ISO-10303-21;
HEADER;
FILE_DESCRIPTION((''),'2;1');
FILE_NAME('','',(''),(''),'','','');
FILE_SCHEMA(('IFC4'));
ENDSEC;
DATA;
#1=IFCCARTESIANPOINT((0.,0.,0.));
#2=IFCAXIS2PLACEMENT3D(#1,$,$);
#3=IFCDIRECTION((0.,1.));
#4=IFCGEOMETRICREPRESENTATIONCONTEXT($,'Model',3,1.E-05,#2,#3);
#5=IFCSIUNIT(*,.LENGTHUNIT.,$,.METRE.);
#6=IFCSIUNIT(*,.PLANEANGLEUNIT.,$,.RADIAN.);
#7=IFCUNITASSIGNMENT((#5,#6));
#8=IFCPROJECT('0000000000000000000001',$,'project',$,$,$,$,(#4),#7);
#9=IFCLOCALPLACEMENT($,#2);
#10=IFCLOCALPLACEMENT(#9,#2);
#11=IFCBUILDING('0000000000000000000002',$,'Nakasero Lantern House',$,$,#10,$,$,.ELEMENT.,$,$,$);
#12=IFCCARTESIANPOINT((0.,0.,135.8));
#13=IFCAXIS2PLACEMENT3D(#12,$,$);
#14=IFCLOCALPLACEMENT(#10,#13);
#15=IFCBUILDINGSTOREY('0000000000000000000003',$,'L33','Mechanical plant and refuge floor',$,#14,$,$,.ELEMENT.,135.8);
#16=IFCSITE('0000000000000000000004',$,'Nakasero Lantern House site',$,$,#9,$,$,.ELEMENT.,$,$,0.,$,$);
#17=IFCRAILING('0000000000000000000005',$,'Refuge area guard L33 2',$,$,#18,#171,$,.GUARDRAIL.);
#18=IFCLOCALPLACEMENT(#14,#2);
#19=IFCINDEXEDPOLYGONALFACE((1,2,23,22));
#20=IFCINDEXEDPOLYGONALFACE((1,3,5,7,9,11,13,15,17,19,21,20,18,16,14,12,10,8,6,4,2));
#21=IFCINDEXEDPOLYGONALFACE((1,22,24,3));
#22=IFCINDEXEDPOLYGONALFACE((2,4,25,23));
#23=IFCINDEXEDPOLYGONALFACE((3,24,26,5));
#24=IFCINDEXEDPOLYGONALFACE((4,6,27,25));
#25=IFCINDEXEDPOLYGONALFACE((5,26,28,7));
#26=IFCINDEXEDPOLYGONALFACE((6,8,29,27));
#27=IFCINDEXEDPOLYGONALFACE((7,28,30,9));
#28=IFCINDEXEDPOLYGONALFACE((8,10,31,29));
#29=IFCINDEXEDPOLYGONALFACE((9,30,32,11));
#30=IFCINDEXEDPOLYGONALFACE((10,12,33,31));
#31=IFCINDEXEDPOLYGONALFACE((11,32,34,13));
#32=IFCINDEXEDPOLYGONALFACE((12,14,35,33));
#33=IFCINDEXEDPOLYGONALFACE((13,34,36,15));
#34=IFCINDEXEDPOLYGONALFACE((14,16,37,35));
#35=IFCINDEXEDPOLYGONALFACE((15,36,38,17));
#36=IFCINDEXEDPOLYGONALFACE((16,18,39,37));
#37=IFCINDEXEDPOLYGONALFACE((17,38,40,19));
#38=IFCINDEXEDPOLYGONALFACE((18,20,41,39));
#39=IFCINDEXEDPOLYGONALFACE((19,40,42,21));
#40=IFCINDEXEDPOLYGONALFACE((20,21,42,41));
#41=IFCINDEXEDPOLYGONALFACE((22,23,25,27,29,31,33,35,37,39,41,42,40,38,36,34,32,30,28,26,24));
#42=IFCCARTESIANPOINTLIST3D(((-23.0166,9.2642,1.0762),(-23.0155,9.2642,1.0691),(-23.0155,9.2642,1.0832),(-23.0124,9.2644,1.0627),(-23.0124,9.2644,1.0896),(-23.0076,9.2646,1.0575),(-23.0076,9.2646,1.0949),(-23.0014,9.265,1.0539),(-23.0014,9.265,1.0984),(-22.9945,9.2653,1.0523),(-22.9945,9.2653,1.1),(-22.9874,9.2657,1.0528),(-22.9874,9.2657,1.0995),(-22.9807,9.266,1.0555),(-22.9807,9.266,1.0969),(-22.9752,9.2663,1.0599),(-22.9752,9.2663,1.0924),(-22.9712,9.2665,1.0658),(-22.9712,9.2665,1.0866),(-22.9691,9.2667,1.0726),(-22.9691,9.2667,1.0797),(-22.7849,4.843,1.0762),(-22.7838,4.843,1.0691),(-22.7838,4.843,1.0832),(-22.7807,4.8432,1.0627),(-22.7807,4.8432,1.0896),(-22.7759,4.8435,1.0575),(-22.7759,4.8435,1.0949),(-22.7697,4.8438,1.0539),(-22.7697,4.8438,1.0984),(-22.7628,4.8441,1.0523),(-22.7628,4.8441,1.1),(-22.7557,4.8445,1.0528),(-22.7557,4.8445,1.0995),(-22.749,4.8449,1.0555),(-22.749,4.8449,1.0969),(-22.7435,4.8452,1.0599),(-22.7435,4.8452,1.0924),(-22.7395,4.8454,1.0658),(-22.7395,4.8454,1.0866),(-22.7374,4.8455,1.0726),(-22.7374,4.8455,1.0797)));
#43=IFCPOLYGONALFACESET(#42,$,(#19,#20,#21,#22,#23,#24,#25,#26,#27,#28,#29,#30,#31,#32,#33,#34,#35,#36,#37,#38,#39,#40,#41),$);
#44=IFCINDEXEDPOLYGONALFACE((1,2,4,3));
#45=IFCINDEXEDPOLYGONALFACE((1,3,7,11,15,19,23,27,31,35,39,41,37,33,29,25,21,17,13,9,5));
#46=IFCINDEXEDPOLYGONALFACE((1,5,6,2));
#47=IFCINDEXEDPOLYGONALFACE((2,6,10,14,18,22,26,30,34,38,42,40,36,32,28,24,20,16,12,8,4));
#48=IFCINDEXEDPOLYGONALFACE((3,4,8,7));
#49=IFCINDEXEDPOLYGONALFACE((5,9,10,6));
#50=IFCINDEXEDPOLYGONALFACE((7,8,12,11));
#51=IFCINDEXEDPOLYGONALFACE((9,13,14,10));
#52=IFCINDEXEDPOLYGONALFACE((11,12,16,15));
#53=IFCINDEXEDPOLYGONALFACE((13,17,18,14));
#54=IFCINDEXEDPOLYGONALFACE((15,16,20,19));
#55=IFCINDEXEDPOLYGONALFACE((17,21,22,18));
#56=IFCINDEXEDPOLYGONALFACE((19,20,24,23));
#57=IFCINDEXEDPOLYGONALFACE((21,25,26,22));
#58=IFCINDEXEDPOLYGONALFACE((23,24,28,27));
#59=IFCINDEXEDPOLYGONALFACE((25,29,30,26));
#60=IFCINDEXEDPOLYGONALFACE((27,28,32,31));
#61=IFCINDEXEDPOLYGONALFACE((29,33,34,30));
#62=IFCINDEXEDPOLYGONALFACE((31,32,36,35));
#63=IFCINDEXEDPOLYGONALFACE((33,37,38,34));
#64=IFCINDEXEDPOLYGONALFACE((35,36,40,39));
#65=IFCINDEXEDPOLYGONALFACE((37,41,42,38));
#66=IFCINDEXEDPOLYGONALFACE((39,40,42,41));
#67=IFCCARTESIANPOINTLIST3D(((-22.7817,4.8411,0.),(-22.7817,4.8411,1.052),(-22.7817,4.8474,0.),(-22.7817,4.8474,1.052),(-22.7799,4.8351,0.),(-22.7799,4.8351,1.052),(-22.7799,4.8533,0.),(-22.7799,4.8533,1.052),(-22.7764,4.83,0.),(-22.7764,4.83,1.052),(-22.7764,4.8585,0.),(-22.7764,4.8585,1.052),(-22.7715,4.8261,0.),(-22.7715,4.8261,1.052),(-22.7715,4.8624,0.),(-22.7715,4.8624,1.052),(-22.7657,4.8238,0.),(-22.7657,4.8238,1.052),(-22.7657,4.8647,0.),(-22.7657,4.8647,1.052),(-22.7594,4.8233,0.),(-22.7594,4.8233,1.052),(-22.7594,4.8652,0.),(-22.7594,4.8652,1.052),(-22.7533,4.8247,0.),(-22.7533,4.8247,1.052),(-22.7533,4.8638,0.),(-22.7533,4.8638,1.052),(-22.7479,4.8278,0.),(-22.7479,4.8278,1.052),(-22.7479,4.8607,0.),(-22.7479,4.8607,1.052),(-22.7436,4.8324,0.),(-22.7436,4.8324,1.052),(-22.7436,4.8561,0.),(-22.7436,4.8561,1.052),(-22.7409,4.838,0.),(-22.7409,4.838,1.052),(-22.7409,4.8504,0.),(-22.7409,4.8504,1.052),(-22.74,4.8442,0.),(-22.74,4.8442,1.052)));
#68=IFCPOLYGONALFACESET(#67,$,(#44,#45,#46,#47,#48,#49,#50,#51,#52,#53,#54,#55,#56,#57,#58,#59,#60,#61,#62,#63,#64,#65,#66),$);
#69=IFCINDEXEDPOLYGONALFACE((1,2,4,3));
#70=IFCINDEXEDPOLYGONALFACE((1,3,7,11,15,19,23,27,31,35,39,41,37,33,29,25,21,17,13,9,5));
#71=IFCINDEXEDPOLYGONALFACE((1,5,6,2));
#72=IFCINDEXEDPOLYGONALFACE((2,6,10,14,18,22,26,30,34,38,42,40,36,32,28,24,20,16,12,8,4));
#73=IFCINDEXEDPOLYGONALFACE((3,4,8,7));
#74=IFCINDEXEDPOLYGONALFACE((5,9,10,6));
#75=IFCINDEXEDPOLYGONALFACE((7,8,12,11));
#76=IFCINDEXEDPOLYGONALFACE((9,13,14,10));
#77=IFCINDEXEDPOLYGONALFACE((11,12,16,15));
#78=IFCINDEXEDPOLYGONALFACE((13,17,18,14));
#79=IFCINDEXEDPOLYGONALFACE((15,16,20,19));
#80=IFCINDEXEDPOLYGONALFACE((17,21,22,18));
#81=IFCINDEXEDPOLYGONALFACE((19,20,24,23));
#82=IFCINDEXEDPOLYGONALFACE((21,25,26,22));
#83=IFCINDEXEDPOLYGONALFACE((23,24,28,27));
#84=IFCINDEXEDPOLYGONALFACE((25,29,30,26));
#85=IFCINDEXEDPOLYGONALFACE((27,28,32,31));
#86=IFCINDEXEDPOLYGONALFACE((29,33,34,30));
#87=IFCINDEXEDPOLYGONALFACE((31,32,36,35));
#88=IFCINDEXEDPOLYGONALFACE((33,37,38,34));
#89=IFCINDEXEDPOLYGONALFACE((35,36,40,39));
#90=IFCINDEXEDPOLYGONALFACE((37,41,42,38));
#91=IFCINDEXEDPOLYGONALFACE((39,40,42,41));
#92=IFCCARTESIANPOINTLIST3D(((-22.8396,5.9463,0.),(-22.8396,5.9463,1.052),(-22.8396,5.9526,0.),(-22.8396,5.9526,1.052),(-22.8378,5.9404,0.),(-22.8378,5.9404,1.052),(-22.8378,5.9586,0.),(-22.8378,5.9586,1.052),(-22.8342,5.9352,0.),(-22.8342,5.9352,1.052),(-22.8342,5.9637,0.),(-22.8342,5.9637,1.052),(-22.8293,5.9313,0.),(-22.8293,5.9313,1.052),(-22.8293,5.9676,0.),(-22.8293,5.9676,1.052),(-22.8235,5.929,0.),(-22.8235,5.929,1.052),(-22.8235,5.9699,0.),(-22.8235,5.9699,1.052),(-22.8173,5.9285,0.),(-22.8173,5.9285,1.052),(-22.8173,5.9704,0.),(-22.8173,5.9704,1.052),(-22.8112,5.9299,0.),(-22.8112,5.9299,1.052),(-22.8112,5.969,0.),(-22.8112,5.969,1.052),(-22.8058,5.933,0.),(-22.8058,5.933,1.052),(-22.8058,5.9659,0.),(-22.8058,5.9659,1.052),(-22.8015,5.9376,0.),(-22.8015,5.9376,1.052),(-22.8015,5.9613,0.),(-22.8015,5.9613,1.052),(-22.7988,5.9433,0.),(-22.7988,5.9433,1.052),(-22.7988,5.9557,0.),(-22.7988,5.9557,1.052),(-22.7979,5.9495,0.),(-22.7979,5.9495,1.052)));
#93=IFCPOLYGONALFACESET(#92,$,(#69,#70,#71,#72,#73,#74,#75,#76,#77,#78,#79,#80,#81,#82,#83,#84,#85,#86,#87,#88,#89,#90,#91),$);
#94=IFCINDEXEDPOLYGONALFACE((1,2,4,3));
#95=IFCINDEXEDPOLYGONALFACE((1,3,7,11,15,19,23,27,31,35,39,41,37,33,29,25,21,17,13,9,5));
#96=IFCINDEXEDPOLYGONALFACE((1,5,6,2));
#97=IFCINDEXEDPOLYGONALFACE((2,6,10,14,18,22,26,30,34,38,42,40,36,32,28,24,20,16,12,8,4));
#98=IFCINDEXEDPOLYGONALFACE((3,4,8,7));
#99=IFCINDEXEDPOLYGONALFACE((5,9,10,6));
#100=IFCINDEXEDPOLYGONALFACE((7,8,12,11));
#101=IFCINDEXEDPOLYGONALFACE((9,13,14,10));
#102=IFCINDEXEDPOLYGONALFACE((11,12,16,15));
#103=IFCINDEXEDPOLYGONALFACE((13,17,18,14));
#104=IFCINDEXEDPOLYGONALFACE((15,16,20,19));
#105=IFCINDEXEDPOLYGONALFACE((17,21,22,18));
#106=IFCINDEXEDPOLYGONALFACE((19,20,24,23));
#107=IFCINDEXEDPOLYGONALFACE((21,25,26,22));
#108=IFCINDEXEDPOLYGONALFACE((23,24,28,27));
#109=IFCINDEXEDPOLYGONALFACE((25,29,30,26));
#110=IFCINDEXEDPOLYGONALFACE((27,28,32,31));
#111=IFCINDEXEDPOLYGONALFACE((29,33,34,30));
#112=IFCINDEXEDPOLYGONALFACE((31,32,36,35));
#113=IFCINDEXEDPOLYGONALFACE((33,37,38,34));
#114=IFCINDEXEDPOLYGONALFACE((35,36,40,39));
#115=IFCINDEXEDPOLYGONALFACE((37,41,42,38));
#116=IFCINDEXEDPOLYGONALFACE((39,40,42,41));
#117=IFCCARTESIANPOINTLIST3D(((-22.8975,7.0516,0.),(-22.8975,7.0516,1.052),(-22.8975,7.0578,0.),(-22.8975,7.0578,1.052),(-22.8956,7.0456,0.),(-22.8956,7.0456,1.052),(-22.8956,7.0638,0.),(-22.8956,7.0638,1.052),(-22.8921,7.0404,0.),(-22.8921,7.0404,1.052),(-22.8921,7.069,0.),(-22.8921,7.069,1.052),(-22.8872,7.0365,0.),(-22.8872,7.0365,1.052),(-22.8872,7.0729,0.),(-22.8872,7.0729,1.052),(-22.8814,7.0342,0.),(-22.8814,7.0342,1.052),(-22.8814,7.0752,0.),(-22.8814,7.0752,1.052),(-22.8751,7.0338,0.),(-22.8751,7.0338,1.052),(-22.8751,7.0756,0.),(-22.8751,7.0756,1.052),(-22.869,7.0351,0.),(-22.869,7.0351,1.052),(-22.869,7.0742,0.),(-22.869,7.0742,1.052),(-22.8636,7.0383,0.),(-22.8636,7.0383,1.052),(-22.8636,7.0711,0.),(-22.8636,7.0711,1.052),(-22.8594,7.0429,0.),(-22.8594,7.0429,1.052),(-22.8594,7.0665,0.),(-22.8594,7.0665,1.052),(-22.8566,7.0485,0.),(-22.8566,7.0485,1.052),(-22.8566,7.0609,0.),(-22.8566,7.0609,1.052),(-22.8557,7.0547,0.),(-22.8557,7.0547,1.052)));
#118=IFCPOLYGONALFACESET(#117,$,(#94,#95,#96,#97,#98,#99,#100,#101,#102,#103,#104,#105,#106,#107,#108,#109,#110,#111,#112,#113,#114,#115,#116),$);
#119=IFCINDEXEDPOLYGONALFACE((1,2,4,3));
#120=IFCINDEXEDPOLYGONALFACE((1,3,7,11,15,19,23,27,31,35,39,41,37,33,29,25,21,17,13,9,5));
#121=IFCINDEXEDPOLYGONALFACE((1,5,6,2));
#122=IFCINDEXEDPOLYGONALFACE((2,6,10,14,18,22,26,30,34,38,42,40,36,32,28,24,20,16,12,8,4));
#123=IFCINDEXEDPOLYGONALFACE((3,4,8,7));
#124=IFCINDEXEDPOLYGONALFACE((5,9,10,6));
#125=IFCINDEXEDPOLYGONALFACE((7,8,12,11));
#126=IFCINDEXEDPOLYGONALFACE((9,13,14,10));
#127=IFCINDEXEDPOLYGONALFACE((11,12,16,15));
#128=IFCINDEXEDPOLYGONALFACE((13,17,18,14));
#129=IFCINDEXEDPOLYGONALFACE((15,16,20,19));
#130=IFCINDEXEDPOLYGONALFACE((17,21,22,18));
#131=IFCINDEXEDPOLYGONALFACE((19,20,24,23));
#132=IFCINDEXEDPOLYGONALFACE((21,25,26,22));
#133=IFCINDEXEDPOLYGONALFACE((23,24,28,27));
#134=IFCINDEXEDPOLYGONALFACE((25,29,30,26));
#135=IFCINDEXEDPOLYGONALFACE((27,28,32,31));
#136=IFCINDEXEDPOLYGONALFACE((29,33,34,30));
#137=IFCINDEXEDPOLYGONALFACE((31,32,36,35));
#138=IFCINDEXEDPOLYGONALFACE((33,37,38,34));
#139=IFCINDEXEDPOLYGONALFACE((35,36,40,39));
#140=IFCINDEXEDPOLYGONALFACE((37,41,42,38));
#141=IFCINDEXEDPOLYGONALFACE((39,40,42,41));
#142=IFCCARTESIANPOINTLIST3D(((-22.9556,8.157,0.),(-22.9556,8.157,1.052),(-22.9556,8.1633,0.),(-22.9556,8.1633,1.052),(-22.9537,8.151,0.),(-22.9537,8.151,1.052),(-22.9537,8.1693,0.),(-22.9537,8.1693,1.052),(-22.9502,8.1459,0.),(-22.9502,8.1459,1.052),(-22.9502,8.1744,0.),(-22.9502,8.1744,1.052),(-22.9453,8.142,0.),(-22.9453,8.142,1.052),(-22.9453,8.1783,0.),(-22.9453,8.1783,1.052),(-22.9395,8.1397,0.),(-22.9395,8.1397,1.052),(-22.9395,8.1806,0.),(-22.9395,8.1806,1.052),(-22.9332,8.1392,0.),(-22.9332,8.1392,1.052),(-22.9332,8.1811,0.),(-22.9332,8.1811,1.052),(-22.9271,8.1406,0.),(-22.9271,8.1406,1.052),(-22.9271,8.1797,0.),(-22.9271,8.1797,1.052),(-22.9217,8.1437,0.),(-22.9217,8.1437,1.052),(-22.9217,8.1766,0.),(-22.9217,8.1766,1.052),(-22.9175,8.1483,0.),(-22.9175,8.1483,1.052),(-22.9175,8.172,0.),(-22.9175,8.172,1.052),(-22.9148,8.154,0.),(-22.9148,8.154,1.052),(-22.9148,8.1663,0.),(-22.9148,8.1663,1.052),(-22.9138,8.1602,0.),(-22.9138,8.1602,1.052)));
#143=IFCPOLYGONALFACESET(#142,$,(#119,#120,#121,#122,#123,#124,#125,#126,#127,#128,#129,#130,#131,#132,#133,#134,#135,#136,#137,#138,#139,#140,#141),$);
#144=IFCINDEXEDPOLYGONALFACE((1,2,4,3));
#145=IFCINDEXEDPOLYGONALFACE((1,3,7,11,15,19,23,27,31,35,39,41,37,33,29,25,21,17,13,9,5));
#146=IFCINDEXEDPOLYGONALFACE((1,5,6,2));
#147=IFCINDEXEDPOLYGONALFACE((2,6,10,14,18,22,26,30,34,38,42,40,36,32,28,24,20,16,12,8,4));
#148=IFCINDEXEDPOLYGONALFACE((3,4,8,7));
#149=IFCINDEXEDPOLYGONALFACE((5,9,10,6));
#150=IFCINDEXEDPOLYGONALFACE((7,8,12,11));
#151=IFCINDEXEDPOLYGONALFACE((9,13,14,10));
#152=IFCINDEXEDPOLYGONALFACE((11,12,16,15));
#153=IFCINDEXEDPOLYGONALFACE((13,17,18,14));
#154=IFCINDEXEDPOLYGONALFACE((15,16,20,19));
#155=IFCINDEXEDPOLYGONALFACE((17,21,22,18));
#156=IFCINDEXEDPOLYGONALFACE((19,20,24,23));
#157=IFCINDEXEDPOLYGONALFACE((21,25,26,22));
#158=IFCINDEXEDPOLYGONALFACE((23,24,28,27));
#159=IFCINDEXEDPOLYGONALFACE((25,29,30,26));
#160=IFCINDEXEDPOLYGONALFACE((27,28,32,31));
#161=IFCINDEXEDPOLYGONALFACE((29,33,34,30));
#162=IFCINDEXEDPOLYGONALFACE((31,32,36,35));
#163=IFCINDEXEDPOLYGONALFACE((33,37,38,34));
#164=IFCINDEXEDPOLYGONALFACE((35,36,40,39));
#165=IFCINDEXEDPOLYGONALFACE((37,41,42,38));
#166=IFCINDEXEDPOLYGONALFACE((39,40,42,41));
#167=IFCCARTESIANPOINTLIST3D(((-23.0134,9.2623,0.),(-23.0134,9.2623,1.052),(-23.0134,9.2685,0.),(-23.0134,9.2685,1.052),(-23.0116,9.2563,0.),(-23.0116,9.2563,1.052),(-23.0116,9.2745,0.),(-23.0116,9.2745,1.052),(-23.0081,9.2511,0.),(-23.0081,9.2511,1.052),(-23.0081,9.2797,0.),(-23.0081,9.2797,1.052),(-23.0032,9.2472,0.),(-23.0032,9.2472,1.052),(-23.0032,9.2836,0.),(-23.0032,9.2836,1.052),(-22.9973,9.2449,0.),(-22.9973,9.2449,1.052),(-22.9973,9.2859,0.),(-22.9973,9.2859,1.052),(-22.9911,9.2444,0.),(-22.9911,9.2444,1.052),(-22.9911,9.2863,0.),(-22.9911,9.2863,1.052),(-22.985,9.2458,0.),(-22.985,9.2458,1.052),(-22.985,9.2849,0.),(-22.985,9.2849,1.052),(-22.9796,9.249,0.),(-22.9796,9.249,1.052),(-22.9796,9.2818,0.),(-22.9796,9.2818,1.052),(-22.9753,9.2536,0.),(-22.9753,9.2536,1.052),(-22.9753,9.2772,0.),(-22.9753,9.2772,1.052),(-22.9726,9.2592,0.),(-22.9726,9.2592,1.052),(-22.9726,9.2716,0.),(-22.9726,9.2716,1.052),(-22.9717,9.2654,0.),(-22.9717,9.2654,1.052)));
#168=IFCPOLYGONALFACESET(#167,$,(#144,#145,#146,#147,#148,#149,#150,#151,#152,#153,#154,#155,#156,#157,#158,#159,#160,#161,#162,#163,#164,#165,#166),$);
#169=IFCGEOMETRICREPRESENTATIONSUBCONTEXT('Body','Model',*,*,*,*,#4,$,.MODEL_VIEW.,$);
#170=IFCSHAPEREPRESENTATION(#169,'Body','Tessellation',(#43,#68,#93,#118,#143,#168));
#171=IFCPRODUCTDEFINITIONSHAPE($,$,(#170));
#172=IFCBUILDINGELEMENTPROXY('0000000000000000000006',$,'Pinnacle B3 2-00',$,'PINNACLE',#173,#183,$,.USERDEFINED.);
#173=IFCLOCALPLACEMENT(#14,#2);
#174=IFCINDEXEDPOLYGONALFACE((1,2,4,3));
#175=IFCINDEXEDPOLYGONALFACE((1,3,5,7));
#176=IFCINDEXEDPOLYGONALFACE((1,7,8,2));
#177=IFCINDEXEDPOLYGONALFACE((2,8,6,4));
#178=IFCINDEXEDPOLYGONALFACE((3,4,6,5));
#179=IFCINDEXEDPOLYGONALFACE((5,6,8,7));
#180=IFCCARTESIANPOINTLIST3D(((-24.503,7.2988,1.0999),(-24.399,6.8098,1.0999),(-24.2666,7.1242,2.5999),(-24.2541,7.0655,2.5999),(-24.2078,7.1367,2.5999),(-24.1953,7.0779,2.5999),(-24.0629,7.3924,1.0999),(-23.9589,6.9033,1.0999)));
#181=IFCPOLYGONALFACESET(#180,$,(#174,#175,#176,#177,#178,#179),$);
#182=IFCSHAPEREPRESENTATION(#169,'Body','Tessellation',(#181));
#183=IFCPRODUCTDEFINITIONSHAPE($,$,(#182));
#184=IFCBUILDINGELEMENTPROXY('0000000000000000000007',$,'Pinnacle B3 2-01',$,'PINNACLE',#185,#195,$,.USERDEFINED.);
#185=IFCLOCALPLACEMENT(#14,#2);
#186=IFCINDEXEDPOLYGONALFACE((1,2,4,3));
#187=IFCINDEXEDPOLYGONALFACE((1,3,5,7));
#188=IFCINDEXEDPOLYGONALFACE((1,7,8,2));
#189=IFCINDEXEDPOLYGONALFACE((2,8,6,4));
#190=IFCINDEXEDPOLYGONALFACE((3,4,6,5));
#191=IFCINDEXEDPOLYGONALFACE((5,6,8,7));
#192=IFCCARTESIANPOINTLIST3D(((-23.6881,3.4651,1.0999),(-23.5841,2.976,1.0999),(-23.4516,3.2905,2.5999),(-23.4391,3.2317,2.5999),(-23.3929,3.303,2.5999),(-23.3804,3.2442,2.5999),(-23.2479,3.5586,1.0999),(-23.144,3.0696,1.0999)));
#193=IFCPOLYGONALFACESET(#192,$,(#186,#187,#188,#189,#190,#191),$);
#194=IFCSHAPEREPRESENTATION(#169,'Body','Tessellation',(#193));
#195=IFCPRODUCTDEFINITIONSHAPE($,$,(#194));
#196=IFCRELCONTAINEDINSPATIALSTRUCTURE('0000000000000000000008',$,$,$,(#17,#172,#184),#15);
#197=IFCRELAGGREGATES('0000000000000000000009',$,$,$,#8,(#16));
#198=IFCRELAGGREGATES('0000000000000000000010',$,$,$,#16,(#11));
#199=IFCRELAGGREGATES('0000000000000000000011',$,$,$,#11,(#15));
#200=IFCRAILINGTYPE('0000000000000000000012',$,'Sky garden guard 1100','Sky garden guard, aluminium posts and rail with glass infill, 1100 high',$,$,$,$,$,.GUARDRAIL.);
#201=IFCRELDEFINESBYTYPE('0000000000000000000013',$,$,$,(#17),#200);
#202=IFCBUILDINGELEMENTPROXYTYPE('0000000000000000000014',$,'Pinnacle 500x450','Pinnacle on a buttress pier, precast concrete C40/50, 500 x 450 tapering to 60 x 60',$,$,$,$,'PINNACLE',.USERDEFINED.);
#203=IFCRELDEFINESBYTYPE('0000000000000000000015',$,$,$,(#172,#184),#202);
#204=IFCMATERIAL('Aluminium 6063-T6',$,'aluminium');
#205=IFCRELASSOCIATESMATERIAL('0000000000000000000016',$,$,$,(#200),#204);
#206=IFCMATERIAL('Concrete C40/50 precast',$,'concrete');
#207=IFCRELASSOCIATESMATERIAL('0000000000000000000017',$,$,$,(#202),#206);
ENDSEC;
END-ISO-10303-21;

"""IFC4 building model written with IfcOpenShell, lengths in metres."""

from ifc_helpers import new_model, entity, si_unit, direction, frame, origin, origin_2d, place, context, subcontext, project, spatial, circle, extrude, material, type_object, element, save


model = new_model("IFC4")

# Units and contexts
model_context = context("Model", 3, precision=1e-05, world=origin(), true_north=direction((0.0, 1.0)))
body_context = subcontext(model_context, "Body", "Model", "MODEL_VIEW")
ifc_project = project(units=[si_unit("LENGTHUNIT", "METRE"), si_unit("PLANEANGLEUNIT", "RADIAN")], contexts=[model_context])

# Site, building, storey
site_placement = place(None, origin())
site = spatial("IfcSite", under=ifc_project, at=site_placement, Name="Nakasero Lantern House site", CompositionType="ELEMENT", RefElevation=0.0)
building_placement = place(site_placement, origin())
building = spatial("IfcBuilding", under=site, at=building_placement, Name="Nakasero Lantern House", CompositionType="ELEMENT")
storey_placement = place(building_placement, frame((0.0, 0.0, 135.8)))
storey = spatial("IfcBuildingStorey", under=building, at=storey_placement, Name="L33", Description="Mechanical plant and refuge floor", CompositionType="ELEMENT", Elevation=135.8)

# Railing
ifc_material_1 = material(Name="Aluminium 6063-T6", Category="aluminium")
railing_type = type_object("IfcRailingType", Name="Sky garden guard 1100", Description="Sky garden guard, aluminium posts and rail with glass infill, 1100 high", PredefinedType="GUARDRAIL", material=ifc_material_1)
railing_1_placement = place(storey_placement, frame((-22.761, 4.8442, 0.0)))
element("IfcRailing", 1, at=railing_1_placement, inside=storey, type_object=railing_type, Name="Refuge area guard L33 2", PredefinedType="GUARDRAIL", context=body_context, shape_type="SweptSolid", body=[
    extrude(circle(Radius=0.0239, at=origin_2d()), frame((0.0, 0.0, 1.0762), z_axis=(-0.052333, 0.99863, 0.0), x_axis=(-0.99863, -0.052333, 0.0)), (0.0, 0.0, 1.0), 4.4272),
    extrude(circle(Radius=0.021, at=origin_2d()), origin(), (0.0, 0.0, 1.0), 1.052),
    extrude(circle(Radius=0.021, at=origin_2d()), frame((-0.0579, 1.1052, 0.0)), (0.0, 0.0, 1.0), 1.052),
    extrude(circle(Radius=0.021, at=origin_2d()), frame((-0.1157, 2.2104, 0.0)), (0.0, 0.0, 1.0), 1.052),
    extrude(circle(Radius=0.021, at=origin_2d()), frame((-0.1738, 3.3159, 0.0)), (0.0, 0.0, 1.0), 1.052),
    extrude(circle(Radius=0.021, at=origin_2d()), frame((-0.2317, 4.4211, 0.0)), (0.0, 0.0, 1.0), 1.052),
])

# Building element proxies
ifc_material_2 = material(Name="Concrete C40/50 precast", Category="concrete")
building_element_proxy_type = type_object("IfcBuildingElementProxyType", Name="Pinnacle 500x450", Description="Pinnacle on a buttress pier, precast concrete C40/50, 500 x 450 tapering to 60 x 60", ElementType="PINNACLE", PredefinedType="USERDEFINED", material=ifc_material_2)
for number, where, z_axis, x_axis, name in (
    (2, (-24.231, 7.1011, 1.0999), (0.0, 0.0, 1.0), (-0.978148, -0.207912, 0.0), "Pinnacle B3 2-00"),
    (3, (-23.416, 3.2673, 1.0999), (0.0, 0.0, 1.0), (-0.978148, -0.207912, 0.0), "Pinnacle B3 2-01"),
):
    element("IfcBuildingElementProxy", number, at=place(storey_placement, frame(where, z_axis=z_axis, x_axis=x_axis)), inside=storey, type_object=building_element_proxy_type, Name=name, ObjectType="PINNACLE", PredefinedType="USERDEFINED", context=body_context, shape_type="SweptSolid", body=[
        entity("IfcExtrudedAreaSolidTapered", entity("IfcRectangleProfileDef", "AREA", None, entity("IfcAxis2Placement2D", entity("IfcCartesianPoint", [0.0, 0.0])), 0.45, 0.5), entity("IfcAxis2Placement3D", entity("IfcCartesianPoint", [0.0, 0.0, 0.0])), entity("IfcDirection", [0.0, 0.0, 1.0]), 1.5, entity("IfcRectangleProfileDef", "AREA", None, entity("IfcAxis2Placement2D", entity("IfcCartesianPoint", [0.0, 0.0])), 0.0601, 0.0601)),
    ])

save(model, "model.ifc")
